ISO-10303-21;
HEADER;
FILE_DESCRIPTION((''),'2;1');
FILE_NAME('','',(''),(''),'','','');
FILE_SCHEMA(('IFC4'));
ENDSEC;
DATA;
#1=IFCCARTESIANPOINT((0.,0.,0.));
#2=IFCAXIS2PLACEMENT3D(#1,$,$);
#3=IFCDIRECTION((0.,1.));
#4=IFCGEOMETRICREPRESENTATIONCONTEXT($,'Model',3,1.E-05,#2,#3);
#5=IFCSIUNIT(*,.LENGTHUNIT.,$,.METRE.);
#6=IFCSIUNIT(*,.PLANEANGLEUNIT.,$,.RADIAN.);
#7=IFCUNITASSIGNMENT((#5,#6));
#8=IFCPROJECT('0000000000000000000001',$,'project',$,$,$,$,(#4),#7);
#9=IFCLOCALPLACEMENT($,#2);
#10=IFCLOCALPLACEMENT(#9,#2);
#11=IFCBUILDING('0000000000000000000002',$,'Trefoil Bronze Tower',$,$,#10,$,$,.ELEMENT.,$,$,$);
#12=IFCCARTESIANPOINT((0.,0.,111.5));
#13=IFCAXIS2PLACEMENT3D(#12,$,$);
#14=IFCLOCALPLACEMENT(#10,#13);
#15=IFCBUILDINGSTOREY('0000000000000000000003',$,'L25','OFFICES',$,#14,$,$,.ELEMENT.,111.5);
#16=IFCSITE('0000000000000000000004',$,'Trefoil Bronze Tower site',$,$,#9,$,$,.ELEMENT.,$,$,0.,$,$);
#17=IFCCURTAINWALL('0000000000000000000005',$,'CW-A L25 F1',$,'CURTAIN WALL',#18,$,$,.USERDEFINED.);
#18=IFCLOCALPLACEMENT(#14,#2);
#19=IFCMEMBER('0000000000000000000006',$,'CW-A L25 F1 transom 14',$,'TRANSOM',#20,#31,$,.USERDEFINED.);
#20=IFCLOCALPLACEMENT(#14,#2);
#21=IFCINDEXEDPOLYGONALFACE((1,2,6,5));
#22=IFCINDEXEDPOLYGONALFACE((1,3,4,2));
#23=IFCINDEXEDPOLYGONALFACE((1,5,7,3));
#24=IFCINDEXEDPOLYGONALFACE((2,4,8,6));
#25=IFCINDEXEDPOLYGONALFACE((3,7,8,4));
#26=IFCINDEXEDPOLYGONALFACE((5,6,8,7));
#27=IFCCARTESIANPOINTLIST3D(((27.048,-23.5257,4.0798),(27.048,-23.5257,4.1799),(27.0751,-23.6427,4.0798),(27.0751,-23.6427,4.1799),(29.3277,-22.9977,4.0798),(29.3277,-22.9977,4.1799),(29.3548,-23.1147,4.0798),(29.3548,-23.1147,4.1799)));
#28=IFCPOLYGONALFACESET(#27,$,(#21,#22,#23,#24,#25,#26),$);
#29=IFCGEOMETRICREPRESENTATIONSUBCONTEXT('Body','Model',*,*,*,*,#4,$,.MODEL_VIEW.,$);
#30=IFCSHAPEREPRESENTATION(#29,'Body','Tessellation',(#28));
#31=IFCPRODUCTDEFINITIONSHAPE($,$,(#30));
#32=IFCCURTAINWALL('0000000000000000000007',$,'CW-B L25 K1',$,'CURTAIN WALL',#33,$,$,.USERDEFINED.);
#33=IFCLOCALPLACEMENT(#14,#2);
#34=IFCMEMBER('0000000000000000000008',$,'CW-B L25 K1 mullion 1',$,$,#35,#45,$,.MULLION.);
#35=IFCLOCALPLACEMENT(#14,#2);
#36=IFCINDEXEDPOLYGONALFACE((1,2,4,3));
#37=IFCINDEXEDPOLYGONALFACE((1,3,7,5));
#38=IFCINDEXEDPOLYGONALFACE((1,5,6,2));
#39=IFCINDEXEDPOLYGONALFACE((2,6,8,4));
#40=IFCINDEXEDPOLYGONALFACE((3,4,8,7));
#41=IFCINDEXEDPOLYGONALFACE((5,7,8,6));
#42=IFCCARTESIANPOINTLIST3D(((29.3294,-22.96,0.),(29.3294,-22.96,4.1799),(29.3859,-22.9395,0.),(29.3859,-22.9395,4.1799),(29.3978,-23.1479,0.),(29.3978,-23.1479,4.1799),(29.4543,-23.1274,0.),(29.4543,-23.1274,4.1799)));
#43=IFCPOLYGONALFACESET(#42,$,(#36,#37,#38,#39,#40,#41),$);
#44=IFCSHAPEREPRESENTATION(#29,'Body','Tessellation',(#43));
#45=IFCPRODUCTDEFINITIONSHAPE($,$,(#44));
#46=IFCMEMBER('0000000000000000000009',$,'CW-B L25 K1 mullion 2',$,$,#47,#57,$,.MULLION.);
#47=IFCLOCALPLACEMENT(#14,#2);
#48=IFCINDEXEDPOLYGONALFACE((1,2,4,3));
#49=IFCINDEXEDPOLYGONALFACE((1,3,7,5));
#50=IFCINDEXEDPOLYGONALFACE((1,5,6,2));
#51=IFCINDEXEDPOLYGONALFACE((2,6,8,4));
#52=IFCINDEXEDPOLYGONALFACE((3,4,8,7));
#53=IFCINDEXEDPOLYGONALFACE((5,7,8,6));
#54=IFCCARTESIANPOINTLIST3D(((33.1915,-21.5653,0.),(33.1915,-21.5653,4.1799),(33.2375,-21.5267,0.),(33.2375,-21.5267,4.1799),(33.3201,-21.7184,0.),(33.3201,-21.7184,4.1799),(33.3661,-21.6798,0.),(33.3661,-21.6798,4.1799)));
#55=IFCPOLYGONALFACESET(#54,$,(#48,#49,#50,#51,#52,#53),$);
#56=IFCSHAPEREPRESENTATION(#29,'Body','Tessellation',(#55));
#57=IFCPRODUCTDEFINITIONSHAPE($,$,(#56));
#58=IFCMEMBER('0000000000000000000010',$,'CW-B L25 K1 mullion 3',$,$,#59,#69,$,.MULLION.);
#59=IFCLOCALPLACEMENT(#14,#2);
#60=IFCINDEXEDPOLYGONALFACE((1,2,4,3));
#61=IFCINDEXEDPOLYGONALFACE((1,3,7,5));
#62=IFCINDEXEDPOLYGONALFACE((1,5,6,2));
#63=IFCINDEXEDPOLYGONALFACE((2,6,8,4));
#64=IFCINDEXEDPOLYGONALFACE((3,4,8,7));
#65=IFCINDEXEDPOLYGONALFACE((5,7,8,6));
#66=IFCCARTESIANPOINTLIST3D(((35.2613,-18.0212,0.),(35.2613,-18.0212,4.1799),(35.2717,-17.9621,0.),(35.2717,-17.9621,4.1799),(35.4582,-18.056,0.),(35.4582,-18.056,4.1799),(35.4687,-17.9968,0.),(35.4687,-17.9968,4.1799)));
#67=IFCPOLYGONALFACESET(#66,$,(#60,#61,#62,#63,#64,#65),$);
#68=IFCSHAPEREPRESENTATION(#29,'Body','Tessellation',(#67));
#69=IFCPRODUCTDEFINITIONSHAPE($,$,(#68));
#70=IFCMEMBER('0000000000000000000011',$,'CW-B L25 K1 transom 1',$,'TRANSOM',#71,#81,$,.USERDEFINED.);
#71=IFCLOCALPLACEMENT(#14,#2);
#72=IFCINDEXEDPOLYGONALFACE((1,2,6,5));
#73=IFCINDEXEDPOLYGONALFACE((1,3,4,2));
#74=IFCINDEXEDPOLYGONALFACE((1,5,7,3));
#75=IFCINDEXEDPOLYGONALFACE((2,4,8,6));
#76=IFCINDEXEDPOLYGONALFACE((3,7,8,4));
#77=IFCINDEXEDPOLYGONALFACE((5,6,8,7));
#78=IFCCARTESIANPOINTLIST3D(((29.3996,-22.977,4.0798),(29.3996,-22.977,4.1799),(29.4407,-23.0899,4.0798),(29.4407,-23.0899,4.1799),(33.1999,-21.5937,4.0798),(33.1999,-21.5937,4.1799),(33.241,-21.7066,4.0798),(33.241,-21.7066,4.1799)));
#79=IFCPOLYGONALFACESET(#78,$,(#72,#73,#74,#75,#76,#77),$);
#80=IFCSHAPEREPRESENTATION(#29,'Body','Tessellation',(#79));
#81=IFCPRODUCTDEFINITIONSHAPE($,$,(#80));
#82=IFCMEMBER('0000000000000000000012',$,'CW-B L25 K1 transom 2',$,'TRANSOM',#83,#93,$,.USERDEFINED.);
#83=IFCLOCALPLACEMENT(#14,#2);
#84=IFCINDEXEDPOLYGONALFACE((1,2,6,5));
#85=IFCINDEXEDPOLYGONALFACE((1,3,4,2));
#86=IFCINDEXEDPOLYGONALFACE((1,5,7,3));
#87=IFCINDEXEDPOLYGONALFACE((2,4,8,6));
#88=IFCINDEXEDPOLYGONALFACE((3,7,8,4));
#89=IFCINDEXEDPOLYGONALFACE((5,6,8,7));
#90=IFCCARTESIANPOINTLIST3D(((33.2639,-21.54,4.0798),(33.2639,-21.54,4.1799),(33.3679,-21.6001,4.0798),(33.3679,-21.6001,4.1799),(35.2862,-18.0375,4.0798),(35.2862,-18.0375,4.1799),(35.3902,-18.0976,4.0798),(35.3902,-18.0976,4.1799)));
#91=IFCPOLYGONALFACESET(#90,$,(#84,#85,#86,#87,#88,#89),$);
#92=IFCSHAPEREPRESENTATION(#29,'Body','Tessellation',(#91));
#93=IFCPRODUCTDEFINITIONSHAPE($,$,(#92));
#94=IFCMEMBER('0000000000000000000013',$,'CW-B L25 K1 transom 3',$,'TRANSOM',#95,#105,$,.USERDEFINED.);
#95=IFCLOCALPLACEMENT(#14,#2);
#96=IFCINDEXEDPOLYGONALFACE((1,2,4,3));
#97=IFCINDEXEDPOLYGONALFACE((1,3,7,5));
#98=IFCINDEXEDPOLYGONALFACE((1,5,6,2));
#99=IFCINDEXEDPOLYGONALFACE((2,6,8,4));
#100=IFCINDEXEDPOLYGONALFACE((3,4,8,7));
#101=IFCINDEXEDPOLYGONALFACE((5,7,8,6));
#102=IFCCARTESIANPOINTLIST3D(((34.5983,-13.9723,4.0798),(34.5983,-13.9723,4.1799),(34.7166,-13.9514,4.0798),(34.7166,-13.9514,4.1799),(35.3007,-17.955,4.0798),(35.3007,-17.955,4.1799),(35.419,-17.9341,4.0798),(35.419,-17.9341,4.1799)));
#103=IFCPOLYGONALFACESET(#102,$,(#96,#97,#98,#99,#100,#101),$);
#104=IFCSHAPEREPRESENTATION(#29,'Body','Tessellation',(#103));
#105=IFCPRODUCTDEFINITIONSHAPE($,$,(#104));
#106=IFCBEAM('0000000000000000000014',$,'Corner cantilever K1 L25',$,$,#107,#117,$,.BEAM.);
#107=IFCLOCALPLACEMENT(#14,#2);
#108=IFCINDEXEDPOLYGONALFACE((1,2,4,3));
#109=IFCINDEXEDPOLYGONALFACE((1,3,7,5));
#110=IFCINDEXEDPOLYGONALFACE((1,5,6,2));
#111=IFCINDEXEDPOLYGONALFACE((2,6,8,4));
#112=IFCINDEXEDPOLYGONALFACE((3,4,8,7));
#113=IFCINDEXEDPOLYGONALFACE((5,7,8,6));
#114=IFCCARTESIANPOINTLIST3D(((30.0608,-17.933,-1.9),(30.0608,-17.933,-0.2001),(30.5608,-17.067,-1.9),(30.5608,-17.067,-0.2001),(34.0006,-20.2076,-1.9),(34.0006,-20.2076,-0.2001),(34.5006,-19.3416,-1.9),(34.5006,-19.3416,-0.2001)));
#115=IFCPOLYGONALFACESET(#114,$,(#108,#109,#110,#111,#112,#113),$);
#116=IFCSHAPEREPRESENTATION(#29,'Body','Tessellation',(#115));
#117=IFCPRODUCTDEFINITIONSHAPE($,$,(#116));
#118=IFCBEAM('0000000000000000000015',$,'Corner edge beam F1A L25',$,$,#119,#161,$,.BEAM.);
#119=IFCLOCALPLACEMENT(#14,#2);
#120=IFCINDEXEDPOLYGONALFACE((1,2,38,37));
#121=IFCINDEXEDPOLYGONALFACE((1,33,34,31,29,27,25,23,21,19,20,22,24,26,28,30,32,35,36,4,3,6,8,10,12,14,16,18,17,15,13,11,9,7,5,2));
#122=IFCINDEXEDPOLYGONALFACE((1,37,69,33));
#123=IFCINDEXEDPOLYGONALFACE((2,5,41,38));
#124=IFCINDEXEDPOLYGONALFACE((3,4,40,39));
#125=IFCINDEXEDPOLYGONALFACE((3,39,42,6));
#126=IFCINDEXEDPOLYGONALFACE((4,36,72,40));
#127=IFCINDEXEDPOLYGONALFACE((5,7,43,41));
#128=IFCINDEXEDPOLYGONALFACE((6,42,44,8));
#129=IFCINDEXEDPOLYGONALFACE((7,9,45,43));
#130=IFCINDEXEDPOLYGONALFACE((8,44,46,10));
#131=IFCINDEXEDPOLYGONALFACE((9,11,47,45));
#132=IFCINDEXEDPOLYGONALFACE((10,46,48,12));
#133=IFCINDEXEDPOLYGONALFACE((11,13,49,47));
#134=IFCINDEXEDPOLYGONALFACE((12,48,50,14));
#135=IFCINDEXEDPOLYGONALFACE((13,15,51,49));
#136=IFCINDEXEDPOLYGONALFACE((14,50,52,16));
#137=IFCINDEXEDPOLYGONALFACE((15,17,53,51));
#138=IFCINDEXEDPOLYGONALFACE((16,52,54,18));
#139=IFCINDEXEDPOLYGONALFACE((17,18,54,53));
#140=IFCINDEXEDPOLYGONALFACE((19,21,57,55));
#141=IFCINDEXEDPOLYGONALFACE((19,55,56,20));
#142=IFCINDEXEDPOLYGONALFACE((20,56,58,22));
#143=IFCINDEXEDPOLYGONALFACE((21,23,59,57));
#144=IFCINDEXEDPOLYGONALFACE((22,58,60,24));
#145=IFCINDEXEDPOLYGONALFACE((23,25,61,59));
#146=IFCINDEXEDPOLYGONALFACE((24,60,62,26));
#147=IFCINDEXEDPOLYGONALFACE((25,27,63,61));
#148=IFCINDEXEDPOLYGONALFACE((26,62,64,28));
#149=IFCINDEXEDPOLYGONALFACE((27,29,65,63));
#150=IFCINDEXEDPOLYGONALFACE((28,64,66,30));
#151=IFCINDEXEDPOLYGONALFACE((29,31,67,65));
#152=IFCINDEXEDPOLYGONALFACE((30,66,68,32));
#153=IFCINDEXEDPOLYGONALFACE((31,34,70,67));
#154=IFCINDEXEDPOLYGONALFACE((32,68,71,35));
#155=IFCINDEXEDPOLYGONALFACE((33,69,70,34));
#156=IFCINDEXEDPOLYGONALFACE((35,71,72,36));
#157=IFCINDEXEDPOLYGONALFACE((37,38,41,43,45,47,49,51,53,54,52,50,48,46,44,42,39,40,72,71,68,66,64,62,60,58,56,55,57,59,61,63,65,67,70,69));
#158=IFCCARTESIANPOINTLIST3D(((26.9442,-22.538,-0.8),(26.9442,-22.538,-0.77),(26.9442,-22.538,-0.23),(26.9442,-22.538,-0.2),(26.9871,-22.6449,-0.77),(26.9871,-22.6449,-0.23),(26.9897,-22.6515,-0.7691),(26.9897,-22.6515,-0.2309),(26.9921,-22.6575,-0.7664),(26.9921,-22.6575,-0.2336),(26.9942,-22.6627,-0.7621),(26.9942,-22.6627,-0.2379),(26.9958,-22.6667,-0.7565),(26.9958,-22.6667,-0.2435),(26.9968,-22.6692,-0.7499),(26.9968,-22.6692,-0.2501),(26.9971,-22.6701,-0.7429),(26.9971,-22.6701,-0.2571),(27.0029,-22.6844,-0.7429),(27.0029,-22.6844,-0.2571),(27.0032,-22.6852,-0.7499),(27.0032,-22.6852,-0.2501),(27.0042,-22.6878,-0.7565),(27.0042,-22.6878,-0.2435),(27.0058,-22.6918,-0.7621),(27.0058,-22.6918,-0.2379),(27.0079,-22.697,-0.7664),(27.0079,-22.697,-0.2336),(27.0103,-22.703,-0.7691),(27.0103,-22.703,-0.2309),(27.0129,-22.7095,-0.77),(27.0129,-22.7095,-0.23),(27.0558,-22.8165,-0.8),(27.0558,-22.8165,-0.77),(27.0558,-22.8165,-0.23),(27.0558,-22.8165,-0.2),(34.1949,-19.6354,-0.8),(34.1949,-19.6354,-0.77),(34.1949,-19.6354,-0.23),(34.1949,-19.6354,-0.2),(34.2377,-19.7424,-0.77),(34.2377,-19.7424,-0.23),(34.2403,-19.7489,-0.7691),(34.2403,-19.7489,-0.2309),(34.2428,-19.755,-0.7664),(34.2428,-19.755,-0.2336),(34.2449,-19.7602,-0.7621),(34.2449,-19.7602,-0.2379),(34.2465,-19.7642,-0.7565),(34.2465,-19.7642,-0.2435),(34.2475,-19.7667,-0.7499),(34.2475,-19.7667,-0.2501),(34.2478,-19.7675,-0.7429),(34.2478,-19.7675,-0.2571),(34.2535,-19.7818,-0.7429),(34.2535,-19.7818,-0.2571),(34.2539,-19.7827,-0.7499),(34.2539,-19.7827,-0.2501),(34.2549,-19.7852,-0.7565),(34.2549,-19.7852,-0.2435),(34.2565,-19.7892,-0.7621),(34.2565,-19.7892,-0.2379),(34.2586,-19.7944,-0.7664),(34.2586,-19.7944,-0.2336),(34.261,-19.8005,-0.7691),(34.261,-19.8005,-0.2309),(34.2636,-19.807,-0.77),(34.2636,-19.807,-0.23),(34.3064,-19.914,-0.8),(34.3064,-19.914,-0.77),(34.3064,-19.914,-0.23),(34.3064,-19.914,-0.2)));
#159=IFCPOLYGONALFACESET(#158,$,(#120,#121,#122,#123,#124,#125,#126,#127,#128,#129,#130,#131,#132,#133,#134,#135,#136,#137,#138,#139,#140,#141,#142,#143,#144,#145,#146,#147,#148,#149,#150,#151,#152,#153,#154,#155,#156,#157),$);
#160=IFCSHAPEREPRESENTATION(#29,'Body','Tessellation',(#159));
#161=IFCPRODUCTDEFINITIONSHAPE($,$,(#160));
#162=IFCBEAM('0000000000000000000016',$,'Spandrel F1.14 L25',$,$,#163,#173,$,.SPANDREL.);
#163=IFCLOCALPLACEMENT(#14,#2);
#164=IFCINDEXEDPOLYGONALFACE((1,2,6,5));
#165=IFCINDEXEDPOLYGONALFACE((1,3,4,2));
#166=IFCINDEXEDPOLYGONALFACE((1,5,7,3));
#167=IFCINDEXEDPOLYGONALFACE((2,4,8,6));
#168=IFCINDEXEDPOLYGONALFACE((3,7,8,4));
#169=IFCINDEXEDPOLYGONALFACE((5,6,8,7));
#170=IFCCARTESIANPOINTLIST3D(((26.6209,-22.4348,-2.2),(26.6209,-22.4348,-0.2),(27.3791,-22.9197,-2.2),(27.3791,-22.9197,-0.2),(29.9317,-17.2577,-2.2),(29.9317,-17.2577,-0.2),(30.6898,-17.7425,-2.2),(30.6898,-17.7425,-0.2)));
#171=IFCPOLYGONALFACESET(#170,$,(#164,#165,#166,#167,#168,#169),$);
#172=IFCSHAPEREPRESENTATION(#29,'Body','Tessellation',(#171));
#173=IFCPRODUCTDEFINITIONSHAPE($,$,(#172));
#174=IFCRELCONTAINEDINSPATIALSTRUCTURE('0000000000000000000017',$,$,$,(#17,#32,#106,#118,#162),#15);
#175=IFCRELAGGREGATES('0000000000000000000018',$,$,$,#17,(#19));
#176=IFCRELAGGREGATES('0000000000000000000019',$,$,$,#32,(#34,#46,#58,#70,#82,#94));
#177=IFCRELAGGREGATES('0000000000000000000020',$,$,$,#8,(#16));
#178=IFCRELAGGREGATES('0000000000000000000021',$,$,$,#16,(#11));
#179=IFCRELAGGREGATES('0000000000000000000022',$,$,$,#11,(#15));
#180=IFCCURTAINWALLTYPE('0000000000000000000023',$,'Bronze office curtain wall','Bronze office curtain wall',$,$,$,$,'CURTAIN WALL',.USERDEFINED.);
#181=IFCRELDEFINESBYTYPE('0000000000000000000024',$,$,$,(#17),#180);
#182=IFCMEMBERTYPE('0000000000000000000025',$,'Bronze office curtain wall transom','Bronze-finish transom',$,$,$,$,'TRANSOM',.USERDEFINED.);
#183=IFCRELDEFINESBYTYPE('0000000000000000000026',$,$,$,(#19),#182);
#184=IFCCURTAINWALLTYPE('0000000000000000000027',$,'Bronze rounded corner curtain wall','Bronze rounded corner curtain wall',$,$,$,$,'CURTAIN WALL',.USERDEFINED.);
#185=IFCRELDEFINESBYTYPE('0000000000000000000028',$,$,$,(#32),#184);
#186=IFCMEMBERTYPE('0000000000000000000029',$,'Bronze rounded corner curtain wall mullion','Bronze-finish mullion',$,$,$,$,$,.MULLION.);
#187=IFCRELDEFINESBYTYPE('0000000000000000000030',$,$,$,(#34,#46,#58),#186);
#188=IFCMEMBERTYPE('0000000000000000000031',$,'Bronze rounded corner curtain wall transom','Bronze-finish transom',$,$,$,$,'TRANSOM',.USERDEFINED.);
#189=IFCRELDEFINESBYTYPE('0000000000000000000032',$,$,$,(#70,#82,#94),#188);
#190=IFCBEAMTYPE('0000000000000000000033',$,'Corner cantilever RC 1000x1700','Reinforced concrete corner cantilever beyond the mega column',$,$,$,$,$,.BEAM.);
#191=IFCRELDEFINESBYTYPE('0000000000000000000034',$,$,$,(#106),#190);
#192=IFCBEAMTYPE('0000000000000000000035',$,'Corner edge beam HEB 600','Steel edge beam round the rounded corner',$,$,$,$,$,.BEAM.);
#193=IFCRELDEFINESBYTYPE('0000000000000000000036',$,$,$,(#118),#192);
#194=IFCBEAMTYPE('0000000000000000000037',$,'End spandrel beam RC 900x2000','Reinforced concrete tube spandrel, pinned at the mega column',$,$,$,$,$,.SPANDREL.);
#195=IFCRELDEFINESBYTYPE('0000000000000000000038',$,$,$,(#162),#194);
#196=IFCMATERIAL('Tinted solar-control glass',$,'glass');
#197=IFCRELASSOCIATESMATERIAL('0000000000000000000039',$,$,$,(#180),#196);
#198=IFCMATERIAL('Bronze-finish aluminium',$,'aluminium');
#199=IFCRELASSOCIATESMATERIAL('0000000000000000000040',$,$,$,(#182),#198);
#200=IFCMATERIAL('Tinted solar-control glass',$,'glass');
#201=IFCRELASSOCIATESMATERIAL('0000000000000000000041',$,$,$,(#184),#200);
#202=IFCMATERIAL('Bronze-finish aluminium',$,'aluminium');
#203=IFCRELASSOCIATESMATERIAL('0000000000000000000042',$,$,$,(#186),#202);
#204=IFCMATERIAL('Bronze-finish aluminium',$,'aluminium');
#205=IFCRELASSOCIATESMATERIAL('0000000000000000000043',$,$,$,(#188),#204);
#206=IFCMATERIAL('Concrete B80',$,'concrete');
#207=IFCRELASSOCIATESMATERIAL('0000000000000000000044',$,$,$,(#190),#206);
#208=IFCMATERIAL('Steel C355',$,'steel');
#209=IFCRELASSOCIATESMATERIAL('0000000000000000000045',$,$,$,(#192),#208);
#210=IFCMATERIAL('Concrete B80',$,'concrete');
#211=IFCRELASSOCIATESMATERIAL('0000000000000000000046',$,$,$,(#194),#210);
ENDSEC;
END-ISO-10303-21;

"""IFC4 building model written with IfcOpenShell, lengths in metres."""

from ifc_helpers import new_model, si_unit, direction, frame, origin, origin_2d, place, context, subcontext, project, spatial, rectangle, i_section, extrude, material, material_profile, profile_set, type_object, element, aggregate, save


model = new_model("IFC4")

# Units and contexts
model_context = context("Model", 3, precision=1e-05, world=origin(), true_north=direction((0.0, 1.0)))
body_context = subcontext(model_context, "Body", "Model", "MODEL_VIEW")
ifc_project = project(units=[si_unit("LENGTHUNIT", "METRE"), si_unit("PLANEANGLEUNIT", "RADIAN")], contexts=[model_context])

# Site, building, storey
site_placement = place(None, origin())
site = spatial("IfcSite", under=ifc_project, at=site_placement, Name="Trefoil Bronze Tower site", CompositionType="ELEMENT", RefElevation=0.0)
building_placement = place(site_placement, origin())
building = spatial("IfcBuilding", under=site, at=building_placement, Name="Trefoil Bronze Tower", CompositionType="ELEMENT")
storey_placement = place(building_placement, frame((0.0, 0.0, 111.5)))
storey = spatial("IfcBuildingStorey", under=building, at=storey_placement, Name="L25", Description="OFFICES", CompositionType="ELEMENT", Elevation=111.5)

# Curtain walls, members
ifc_material_1 = material(Name="Tinted solar-control glass", Category="glass")
curtain_wall_type_1 = type_object("IfcCurtainWallType", Name="Bronze office curtain wall", Description="Bronze office curtain wall", ElementType="CURTAIN WALL", PredefinedType="USERDEFINED", material=ifc_material_1)
curtain_wall_1_placement = place(storey_placement, origin())
curtain_wall_1 = element("IfcCurtainWall", 1, at=curtain_wall_1_placement, inside=storey, type_object=curtain_wall_type_1, Name="CW-A L25 F1", ObjectType="CURTAIN WALL", PredefinedType="USERDEFINED")
ifc_material_2 = material(Name="Bronze-finish aluminium", Category="aluminium")
ifc_material_profile_1 = material_profile(ifc_material_2, rectangle(XDim=0.1201, YDim=0.1001, at=origin_2d()), Name="CW-A transom")
ifc_profile_set_1 = profile_set([ifc_material_profile_1], Name="Bronze-finish aluminium")
member_type_1 = type_object("IfcMemberType", Name="Bronze office curtain wall transom", Description="Bronze-finish transom", ElementType="TRANSOM", PredefinedType="USERDEFINED", material=ifc_profile_set_1)
member_1_placement = place(storey_placement, frame((27.0615, -23.5842, 4.1299), z_axis=(0.974206, 0.225659, 0.0), x_axis=(-0.225659, 0.974206, 0.0)))
member_1 = element("IfcMember", 2, at=member_1_placement, type_object=member_type_1, Name="CW-A L25 F1 transom 14", ObjectType="TRANSOM", PredefinedType="USERDEFINED", context=body_context, shape_type="SweptSolid", body=[
    extrude(rectangle(XDim=0.1201, YDim=0.1001, at=origin_2d()), origin(), (0.0, 0.0, 1.0), 2.3401),
])
ifc_material_3 = material(Name="Tinted solar-control glass", Category="glass")
curtain_wall_type_2 = type_object("IfcCurtainWallType", Name="Bronze rounded corner curtain wall", Description="Bronze rounded corner curtain wall", ElementType="CURTAIN WALL", PredefinedType="USERDEFINED", material=ifc_material_3)
curtain_wall_2_placement = place(storey_placement, origin())
curtain_wall_2 = element("IfcCurtainWall", 3, at=curtain_wall_2_placement, inside=storey, type_object=curtain_wall_type_2, Name="CW-B L25 K1", ObjectType="CURTAIN WALL", PredefinedType="USERDEFINED")
ifc_material_4 = material(Name="Bronze-finish aluminium", Category="aluminium")
ifc_material_profile_2 = material_profile(ifc_material_4, rectangle(XDim=0.2, YDim=0.0601, at=origin_2d()), Name="CW-B mullion")
ifc_profile_set_2 = profile_set([ifc_material_profile_2], Name="Bronze-finish aluminium")
member_type_2 = type_object("IfcMemberType", Name="Bronze rounded corner curtain wall mullion", Description="Bronze-finish mullion", PredefinedType="MULLION", material=ifc_profile_set_2)
member_2_placement = place(storey_placement, frame((29.3918, -23.0437, 0.0), z_axis=(0.0, 0.0, 1.0), x_axis=(-0.34202, 0.939693, 0.0)))
member_2 = element("IfcMember", 4, at=member_2_placement, type_object=member_type_2, Name="CW-B L25 K1 mullion 1", PredefinedType="MULLION", context=body_context, shape_type="SweptSolid", body=[
    extrude(rectangle(XDim=0.2, YDim=0.0601, at=origin_2d()), origin(), (0.0, 0.0, 1.0), 4.1799),
])
member_3_placement = place(storey_placement, frame((33.2788, -21.6226, 0.0), z_axis=(0.0, 0.0, 1.0), x_axis=(-0.642788, 0.766044, 0.0)))
member_3 = element("IfcMember", 5, at=member_3_placement, type_object=member_type_2, Name="CW-B L25 K1 mullion 2", PredefinedType="MULLION", context=body_context, shape_type="SweptSolid", body=[
    extrude(rectangle(XDim=0.2, YDim=0.0601, at=origin_2d()), origin(), (0.0, 0.0, 1.0), 4.1799),
])
member_4_placement = place(storey_placement, frame((35.365, -18.009, 0.0), z_axis=(0.0, 0.0, 1.0), x_axis=(-0.984808, 0.173648, 0.0)))
member_4 = element("IfcMember", 6, at=member_4_placement, type_object=member_type_2, Name="CW-B L25 K1 mullion 3", PredefinedType="MULLION", context=body_context, shape_type="SweptSolid", body=[
    extrude(rectangle(XDim=0.2, YDim=0.0601, at=origin_2d()), origin(), (0.0, 0.0, 1.0), 4.1799),
])
ifc_material_5 = material(Name="Bronze-finish aluminium", Category="aluminium")
ifc_material_profile_3 = material_profile(ifc_material_5, rectangle(XDim=0.1201, YDim=0.1001, at=origin_2d()), Name="CW-B transom")
ifc_profile_set_3 = profile_set([ifc_material_profile_3], Name="Bronze-finish aluminium")
member_type_3 = type_object("IfcMemberType", Name="Bronze rounded corner curtain wall transom", Description="Bronze-finish transom", ElementType="TRANSOM", PredefinedType="USERDEFINED", material=ifc_profile_set_3)
member_5_placement = place(storey_placement, frame((29.4202, -23.0334, 4.1299), z_axis=(0.939684, 0.342044, 0.0), x_axis=(-0.342044, 0.939684, 0.0)))
member_5 = element("IfcMember", 7, at=member_5_placement, type_object=member_type_3, Name="CW-B L25 K1 transom 1", ObjectType="TRANSOM", PredefinedType="USERDEFINED", context=body_context, shape_type="SweptSolid", body=[
    extrude(rectangle(XDim=0.1201, YDim=0.1001, at=origin_2d()), origin(), (0.0, 0.0, 1.0), 4.0442),
])
member_6_placement = place(storey_placement, frame((33.3159, -21.5701, 4.1299), z_axis=(0.500015, 0.866017, 0.0), x_axis=(-0.866017, 0.500015, 0.0)))
member_6 = element("IfcMember", 8, at=member_6_placement, type_object=member_type_3, Name="CW-B L25 K1 transom 2", ObjectType="TRANSOM", PredefinedType="USERDEFINED", context=body_context, shape_type="SweptSolid", body=[
    extrude(rectangle(XDim=0.1201, YDim=0.1001, at=origin_2d()), origin(), (0.0, 0.0, 1.0), 4.0444),
])
member_7_placement = place(storey_placement, frame((35.3599, -17.9446, 4.1299), z_axis=(-0.173682, 0.984802, 0.0), x_axis=(-0.984802, -0.173682, 0.0)))
member_7 = element("IfcMember", 9, at=member_7_placement, type_object=member_type_3, Name="CW-B L25 K1 transom 3", ObjectType="TRANSOM", PredefinedType="USERDEFINED", context=body_context, shape_type="SweptSolid", body=[
    extrude(rectangle(XDim=0.1201, YDim=0.1001, at=origin_2d()), origin(), (0.0, 0.0, 1.0), 4.0442),
])

# Beams
ifc_material_6 = material(Name="Concrete B80", Category="concrete")
ifc_material_profile_4 = material_profile(ifc_material_6, rectangle(XDim=1.0, YDim=1.7, at=origin_2d()), Name="RC 1000x1700")
ifc_profile_set_4 = profile_set([ifc_material_profile_4], Name="Concrete B80")
beam_type_1 = type_object("IfcBeamType", Name="Corner cantilever RC 1000x1700", Description="Reinforced concrete corner cantilever beyond the mega column", PredefinedType="BEAM", material=ifc_profile_set_4)
beam_1_placement = place(storey_placement, frame((30.3108, -17.5, -1.05), z_axis=(0.866032, -0.499989, 0.0), x_axis=(0.499989, 0.866032, 0.0)))
element("IfcBeam", 10, at=beam_1_placement, inside=storey, type_object=beam_type_1, Name="Corner cantilever K1 L25", PredefinedType="BEAM", context=body_context, shape_type="SweptSolid", body=[
    extrude(rectangle(XDim=1.0, YDim=1.7, at=origin_2d()), origin(), (0.0, 0.0, 1.0), 4.5493),
])
ifc_material_7 = material(Name="Steel C355", Category="steel")
ifc_material_profile_5 = material_profile(ifc_material_7, i_section(OverallWidth=0.3, OverallDepth=0.6001, WebThickness=0.0154, FlangeThickness=0.03, FilletRadius=0.0271, at=origin_2d()), Name="HEB 600")
ifc_profile_set_5 = profile_set([ifc_material_profile_5], Name="Steel C355")
beam_type_2 = type_object("IfcBeamType", Name="Corner edge beam HEB 600", Description="Steel edge beam round the rounded corner", PredefinedType="BEAM", material=ifc_profile_set_5)
beam_2_placement = place(storey_placement, frame((27.0, -22.6772, -0.5), z_axis=(0.928375, 0.371644, 0.0), x_axis=(-0.371644, 0.928375, 0.0)))
element("IfcBeam", 11, at=beam_2_placement, inside=storey, type_object=beam_type_2, Name="Corner edge beam F1A L25", PredefinedType="BEAM", context=body_context, shape_type="SweptSolid", body=[
    extrude(i_section(OverallWidth=0.3, OverallDepth=0.6001, WebThickness=0.0154, FlangeThickness=0.03, FilletRadius=0.0271, at=origin_2d()), origin(), (0.0, 0.0, 1.0), 7.8101),
])
ifc_material_8 = material(Name="Concrete B80", Category="concrete")
ifc_material_profile_6 = material_profile(ifc_material_8, rectangle(XDim=0.8999, YDim=2.0, at=origin_2d()), Name="RC 900x2000")
ifc_profile_set_6 = profile_set([ifc_material_profile_6], Name="Concrete B80")
beam_type_3 = type_object("IfcBeamType", Name="End spandrel beam RC 900x2000", Description="Reinforced concrete tube spandrel, pinned at the mega column", PredefinedType="SPANDREL", material=ifc_profile_set_6)
beam_3_placement = place(storey_placement, frame((27.0, -22.6772, -1.2), z_axis=(0.538748, 0.842467, 0.0), x_axis=(-0.842467, 0.538748, 0.0)))
element("IfcBeam", 12, at=beam_3_placement, inside=storey, type_object=beam_type_3, Name="Spandrel F1.14 L25", PredefinedType="SPANDREL", context=body_context, shape_type="SweptSolid", body=[
    extrude(rectangle(XDim=0.8999, YDim=2.0, at=origin_2d()), origin(), (0.0, 0.0, 1.0), 6.1453),
])

aggregate(curtain_wall_1, [member_1])
aggregate(curtain_wall_2, [member_2, member_3, member_4, member_5, member_6, member_7])

save(model, "model.ifc")
